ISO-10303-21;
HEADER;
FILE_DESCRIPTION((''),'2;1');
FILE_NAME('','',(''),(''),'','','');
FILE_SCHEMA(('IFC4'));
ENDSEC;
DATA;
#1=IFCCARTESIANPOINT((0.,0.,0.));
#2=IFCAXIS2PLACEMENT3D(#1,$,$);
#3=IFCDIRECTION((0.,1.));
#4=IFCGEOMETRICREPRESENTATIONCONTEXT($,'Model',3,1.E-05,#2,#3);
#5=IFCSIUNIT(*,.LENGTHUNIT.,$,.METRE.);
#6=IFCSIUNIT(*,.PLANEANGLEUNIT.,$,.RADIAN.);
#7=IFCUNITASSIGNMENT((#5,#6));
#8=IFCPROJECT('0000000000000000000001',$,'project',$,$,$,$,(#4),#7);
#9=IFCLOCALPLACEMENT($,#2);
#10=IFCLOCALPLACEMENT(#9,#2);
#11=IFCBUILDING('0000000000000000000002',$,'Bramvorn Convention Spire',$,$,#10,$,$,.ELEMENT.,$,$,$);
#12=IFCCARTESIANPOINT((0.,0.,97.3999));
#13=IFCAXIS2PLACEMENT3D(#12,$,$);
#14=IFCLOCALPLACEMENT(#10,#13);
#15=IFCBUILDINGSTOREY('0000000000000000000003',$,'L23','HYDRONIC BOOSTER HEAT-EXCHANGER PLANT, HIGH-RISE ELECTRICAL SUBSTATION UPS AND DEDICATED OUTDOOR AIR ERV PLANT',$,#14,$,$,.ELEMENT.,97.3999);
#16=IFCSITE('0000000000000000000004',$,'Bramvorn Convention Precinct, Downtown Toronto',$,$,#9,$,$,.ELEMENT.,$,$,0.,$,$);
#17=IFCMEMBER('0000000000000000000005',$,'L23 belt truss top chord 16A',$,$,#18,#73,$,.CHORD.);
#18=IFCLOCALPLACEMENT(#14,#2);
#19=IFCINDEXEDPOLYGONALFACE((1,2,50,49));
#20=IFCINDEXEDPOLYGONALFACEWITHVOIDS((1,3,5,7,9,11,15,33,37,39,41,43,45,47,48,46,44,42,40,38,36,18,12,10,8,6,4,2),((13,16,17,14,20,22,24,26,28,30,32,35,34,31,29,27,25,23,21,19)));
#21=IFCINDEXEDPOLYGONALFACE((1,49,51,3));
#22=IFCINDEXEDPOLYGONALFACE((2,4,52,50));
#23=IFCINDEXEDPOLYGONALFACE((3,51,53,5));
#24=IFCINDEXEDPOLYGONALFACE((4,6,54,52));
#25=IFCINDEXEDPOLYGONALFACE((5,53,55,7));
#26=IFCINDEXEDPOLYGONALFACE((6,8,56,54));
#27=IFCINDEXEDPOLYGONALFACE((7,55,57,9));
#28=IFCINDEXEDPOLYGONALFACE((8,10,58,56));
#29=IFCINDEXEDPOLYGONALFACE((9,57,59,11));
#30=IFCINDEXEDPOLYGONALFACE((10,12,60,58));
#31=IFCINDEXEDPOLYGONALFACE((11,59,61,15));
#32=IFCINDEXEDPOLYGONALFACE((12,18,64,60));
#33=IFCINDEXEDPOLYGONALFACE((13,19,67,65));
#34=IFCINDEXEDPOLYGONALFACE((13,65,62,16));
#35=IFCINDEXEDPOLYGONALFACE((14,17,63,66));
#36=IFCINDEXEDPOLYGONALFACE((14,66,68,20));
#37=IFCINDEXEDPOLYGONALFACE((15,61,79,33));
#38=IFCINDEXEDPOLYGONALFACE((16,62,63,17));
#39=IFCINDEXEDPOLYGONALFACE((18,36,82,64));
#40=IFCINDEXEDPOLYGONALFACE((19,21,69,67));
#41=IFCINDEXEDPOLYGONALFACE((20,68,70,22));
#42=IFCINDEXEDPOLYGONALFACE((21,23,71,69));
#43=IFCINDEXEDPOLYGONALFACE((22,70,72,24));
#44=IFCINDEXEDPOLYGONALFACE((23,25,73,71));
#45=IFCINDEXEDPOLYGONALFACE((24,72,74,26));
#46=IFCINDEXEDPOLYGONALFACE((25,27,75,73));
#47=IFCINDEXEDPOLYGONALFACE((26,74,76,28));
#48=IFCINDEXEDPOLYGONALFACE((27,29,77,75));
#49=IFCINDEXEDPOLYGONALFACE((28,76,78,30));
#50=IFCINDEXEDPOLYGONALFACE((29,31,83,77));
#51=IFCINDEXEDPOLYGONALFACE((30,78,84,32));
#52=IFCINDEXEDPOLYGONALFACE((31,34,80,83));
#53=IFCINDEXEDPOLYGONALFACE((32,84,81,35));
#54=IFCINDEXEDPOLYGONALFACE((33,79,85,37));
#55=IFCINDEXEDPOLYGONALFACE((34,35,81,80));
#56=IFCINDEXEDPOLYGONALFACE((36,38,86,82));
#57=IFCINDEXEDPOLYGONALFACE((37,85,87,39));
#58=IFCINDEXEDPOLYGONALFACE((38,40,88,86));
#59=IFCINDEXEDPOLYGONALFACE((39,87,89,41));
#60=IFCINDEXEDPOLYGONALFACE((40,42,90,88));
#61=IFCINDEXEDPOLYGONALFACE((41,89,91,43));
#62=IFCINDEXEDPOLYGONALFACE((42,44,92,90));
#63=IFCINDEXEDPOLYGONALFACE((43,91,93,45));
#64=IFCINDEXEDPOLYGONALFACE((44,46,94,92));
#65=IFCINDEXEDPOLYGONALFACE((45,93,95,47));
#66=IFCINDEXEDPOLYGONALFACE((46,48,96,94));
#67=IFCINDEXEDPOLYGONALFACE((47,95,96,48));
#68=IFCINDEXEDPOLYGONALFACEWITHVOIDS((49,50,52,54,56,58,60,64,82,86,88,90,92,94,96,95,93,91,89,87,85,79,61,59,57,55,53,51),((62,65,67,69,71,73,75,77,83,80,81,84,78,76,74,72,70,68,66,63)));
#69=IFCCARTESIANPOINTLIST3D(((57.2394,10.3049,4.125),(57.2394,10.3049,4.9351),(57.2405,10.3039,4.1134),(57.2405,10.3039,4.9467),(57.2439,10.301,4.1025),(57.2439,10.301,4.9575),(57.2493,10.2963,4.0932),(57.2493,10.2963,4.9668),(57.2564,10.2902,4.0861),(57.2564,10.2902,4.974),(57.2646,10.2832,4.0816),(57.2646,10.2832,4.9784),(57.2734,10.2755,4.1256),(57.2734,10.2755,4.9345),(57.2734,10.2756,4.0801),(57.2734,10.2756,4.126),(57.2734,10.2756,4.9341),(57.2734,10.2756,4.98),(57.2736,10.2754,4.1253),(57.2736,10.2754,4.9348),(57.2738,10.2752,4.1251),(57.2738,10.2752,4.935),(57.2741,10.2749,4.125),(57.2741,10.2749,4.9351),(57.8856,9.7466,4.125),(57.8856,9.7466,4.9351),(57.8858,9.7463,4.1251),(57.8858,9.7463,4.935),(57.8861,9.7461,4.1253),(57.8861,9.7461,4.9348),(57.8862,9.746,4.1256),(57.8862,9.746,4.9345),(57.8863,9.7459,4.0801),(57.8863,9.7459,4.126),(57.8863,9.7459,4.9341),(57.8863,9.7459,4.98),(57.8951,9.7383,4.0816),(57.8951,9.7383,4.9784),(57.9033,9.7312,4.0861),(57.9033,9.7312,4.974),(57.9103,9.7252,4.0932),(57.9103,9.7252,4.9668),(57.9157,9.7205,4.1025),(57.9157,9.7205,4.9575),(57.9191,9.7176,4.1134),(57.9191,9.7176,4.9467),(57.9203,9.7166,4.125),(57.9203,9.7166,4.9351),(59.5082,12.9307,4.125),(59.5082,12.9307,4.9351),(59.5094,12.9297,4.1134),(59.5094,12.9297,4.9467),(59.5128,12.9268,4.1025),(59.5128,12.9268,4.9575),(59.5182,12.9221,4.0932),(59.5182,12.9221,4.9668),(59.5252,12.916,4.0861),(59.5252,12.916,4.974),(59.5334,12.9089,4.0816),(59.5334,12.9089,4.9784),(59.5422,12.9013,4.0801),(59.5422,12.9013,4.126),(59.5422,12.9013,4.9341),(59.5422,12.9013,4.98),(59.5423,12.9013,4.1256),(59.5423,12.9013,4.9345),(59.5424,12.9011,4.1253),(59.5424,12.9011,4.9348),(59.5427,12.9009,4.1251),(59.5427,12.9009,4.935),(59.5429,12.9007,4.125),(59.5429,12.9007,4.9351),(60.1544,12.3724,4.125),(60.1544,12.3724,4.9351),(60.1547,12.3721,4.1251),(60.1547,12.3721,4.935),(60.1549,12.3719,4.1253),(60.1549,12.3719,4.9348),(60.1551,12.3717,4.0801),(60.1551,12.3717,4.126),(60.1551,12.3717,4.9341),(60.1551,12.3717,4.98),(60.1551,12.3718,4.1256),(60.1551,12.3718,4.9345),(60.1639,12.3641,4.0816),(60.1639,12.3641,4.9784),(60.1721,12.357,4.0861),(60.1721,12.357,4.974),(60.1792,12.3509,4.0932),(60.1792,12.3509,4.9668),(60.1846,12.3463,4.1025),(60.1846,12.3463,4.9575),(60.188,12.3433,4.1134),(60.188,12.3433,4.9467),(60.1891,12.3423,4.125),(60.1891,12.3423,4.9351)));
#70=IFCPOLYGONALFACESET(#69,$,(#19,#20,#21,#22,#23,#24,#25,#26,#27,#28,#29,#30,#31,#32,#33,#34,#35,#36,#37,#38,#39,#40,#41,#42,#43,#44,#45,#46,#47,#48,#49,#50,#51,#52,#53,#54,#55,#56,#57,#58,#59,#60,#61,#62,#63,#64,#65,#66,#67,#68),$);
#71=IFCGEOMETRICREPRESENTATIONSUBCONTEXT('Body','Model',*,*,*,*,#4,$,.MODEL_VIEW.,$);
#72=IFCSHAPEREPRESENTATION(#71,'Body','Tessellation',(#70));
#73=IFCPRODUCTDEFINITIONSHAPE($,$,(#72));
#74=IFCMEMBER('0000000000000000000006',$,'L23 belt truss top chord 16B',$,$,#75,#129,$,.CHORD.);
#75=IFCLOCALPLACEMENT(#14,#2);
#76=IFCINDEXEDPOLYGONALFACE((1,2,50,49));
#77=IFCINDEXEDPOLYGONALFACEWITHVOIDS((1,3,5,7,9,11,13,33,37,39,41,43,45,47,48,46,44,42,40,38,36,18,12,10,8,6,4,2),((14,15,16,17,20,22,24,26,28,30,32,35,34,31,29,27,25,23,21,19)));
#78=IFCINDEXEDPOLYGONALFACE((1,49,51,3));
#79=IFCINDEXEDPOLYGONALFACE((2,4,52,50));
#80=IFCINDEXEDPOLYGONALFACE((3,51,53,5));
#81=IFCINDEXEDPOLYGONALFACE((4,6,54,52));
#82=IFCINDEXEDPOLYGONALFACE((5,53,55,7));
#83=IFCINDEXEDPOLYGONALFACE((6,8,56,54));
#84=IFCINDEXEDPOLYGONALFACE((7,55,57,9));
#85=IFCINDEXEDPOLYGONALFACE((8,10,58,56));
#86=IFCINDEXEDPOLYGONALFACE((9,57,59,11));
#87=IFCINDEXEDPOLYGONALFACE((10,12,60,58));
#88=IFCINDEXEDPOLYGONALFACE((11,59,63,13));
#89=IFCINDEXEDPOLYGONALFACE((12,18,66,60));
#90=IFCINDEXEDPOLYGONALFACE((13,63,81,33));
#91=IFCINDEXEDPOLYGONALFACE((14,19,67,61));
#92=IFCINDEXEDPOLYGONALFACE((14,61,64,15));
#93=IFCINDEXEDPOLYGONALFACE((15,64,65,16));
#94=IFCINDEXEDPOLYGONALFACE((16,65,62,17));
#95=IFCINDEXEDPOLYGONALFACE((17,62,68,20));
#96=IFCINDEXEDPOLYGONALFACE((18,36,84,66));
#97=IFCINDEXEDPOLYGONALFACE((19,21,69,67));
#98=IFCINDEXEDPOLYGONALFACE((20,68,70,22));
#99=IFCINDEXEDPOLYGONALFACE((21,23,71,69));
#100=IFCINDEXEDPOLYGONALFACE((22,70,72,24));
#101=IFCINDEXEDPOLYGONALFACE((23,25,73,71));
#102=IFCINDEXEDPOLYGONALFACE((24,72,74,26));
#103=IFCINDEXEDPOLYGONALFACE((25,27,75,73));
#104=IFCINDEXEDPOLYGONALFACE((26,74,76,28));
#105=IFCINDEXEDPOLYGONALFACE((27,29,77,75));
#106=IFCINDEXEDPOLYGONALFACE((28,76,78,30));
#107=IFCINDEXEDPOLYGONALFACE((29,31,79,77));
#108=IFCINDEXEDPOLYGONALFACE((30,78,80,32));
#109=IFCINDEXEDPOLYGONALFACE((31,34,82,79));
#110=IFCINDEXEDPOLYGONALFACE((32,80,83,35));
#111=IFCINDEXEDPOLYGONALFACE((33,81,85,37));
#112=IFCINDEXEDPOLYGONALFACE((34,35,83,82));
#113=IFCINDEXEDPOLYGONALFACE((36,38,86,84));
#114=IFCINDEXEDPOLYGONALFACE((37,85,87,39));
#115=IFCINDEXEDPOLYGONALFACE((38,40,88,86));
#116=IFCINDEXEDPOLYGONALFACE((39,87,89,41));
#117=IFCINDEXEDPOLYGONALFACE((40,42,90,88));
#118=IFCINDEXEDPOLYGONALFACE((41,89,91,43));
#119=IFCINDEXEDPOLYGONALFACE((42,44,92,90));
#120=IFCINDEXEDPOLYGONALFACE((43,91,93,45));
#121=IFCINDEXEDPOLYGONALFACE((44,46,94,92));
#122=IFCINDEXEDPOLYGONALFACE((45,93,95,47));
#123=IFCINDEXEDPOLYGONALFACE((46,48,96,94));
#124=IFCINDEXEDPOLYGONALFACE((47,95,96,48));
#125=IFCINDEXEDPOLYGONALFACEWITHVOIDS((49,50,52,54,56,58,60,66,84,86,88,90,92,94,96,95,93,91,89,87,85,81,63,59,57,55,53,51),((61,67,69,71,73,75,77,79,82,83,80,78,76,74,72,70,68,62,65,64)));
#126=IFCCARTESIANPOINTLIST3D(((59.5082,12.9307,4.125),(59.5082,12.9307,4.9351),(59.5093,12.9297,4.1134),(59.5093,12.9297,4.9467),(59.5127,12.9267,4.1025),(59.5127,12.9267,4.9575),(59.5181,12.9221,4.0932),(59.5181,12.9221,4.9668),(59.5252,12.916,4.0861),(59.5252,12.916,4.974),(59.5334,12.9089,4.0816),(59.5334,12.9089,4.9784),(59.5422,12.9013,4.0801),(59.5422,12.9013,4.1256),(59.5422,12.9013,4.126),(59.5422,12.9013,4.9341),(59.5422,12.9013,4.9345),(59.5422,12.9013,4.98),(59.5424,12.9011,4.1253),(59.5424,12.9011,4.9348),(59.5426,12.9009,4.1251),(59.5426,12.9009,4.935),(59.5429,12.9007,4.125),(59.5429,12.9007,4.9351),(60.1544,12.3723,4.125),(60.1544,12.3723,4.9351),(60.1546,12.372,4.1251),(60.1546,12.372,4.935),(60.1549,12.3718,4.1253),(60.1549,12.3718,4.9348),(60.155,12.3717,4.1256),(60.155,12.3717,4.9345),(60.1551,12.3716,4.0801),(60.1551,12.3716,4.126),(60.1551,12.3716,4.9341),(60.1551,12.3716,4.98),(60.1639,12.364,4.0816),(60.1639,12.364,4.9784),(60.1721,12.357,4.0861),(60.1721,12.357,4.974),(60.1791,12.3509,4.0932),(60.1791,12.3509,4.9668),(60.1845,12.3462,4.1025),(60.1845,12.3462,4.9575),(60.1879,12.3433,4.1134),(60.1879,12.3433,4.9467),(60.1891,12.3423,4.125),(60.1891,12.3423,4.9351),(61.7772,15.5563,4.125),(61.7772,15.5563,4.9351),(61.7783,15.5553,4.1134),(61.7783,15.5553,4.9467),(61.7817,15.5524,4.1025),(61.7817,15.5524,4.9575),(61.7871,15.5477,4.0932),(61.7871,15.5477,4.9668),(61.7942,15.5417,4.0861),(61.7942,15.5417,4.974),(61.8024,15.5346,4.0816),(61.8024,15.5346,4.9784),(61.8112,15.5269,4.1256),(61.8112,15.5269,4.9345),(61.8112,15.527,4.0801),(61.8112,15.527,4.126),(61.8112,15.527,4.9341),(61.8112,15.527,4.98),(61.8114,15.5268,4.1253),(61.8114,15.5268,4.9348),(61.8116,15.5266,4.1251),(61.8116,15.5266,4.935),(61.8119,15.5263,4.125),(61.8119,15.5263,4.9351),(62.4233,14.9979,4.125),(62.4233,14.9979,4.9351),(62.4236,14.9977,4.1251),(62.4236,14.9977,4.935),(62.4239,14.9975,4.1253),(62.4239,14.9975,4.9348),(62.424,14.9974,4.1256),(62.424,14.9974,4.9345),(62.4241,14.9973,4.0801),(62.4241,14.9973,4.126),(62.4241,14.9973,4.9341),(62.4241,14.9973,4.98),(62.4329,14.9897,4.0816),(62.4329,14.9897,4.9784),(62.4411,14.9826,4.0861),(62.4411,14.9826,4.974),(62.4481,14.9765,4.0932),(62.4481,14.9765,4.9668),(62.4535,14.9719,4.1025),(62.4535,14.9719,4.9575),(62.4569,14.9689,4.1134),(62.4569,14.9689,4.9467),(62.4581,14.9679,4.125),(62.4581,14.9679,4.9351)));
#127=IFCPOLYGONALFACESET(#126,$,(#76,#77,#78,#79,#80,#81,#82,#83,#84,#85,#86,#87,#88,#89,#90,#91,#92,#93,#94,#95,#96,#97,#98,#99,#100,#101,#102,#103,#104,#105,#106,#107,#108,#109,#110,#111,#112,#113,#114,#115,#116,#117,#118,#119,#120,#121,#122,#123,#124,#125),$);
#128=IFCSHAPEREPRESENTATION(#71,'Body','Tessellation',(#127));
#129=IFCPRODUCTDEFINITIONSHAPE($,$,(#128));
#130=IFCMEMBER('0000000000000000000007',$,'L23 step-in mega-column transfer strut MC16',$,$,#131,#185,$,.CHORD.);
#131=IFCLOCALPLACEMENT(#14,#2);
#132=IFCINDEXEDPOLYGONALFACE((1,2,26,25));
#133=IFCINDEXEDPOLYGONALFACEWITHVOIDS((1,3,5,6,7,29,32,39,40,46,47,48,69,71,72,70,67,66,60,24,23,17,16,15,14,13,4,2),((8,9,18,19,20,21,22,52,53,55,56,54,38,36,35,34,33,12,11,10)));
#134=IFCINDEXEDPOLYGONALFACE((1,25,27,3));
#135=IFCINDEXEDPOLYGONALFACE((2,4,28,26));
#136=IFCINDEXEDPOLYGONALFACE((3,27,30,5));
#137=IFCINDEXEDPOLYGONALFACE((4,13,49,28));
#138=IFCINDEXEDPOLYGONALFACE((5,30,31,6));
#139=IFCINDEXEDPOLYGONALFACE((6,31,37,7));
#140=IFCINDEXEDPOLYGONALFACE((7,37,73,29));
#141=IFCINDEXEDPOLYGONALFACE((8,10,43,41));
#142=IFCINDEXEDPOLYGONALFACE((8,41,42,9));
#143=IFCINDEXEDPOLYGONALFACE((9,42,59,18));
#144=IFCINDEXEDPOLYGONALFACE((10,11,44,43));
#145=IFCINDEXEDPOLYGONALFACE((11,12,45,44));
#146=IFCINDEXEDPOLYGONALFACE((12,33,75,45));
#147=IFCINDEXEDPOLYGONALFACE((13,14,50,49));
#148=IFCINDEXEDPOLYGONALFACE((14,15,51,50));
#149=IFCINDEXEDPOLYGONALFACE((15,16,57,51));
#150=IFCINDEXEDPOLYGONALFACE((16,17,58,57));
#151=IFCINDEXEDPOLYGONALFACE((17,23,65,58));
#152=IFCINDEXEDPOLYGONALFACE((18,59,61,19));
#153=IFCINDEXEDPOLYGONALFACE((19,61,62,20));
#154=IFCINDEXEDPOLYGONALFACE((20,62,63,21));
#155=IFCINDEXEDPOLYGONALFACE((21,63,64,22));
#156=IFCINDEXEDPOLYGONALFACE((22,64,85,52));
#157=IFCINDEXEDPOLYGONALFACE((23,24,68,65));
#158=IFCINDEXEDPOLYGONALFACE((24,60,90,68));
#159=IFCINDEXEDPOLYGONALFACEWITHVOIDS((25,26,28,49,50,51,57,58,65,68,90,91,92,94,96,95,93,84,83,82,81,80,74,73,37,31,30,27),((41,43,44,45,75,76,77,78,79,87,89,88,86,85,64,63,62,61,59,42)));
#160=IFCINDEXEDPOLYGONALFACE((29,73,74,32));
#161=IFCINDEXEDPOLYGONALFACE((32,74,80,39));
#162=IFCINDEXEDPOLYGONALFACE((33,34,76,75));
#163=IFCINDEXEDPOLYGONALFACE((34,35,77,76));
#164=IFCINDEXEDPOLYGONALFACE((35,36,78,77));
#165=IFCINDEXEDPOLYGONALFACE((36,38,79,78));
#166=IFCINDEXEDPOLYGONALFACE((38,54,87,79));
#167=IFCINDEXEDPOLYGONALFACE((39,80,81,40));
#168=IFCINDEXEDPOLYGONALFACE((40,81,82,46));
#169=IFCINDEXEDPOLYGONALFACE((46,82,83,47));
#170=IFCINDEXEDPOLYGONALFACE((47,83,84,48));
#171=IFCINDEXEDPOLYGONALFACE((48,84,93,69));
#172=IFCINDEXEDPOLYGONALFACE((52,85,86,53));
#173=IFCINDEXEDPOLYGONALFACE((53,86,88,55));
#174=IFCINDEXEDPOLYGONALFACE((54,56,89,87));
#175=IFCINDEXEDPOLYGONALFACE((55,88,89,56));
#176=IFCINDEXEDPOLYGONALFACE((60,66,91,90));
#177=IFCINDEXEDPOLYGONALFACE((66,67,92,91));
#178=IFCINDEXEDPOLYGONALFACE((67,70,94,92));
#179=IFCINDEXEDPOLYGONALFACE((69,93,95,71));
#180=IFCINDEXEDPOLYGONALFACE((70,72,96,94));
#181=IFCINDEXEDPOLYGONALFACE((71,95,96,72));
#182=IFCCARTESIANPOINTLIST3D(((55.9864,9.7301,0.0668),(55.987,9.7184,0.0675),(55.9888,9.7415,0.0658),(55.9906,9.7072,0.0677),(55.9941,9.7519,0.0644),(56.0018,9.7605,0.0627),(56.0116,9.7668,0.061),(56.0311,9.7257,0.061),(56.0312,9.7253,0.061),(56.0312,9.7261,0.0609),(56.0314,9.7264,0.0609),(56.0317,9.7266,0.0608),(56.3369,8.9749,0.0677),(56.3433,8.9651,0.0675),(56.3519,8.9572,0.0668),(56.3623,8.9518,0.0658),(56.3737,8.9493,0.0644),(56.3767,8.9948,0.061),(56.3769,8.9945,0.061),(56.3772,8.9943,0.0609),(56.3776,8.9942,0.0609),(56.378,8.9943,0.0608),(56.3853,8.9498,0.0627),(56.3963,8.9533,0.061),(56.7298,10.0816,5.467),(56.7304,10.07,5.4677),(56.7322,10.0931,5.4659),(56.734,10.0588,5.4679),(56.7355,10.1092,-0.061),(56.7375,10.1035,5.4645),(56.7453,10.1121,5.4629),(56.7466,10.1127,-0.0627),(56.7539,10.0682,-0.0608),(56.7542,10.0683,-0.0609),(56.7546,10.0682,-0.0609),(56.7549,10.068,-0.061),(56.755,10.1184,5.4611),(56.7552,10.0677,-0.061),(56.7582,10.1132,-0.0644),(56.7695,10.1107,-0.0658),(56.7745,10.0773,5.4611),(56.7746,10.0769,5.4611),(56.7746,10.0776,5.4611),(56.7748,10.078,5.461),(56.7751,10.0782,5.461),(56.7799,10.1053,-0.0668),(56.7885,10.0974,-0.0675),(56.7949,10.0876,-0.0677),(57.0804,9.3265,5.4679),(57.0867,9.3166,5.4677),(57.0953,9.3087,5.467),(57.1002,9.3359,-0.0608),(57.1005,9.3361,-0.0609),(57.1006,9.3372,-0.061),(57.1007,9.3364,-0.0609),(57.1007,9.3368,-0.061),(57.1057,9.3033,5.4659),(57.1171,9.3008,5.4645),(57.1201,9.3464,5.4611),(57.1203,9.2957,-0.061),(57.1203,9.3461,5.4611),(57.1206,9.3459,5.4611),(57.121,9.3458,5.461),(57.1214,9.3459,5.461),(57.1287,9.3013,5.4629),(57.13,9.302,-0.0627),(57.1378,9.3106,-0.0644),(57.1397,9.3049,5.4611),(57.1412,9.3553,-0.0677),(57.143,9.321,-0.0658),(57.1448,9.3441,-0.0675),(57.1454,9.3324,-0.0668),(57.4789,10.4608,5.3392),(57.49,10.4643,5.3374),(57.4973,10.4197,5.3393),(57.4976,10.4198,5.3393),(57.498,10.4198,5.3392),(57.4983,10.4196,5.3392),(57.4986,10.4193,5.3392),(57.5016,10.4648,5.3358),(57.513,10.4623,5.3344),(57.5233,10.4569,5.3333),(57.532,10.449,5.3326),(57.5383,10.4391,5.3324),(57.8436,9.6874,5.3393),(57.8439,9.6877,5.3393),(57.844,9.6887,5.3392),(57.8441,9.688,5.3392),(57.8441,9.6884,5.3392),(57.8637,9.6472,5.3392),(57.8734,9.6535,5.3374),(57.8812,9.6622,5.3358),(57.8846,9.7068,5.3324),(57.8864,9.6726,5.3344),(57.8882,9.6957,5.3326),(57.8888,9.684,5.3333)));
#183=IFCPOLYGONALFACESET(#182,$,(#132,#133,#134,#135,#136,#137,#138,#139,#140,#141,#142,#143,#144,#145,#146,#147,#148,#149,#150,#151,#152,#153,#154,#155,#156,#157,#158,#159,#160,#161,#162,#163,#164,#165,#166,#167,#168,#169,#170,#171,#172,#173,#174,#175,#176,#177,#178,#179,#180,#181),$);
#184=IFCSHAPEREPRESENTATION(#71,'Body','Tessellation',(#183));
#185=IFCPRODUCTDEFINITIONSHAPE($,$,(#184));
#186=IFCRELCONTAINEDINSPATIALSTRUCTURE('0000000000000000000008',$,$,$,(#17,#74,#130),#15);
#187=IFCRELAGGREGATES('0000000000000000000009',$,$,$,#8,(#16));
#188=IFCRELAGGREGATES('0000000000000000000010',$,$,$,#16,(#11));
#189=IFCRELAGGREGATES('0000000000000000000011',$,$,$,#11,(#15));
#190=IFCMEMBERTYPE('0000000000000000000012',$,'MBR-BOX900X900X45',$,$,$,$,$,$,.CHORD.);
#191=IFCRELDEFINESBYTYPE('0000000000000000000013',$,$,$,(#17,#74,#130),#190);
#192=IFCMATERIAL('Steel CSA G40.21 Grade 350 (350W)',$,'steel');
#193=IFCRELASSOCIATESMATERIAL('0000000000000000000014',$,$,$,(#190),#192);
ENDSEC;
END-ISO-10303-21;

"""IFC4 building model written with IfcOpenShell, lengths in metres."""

from ifc_helpers import new_model, si_unit, direction, frame, origin, origin_2d, place, context, subcontext, project, spatial, hollow_rectangle, extrude, material, material_profile, profile_set, type_object, element, save


model = new_model("IFC4")

# Units and contexts
model_context = context("Model", 3, precision=1e-05, world=origin(), true_north=direction((0.0, 1.0)))
body_context = subcontext(model_context, "Body", "Model", "MODEL_VIEW")
ifc_project = project(units=[si_unit("LENGTHUNIT", "METRE"), si_unit("PLANEANGLEUNIT", "RADIAN")], contexts=[model_context])

# Site, building, storey
site_placement = place(None, origin())
site = spatial("IfcSite", under=ifc_project, at=site_placement, Name="Bramvorn Convention Precinct, Downtown Toronto", CompositionType="ELEMENT", RefElevation=0.0)
building_placement = place(site_placement, origin())
building = spatial("IfcBuilding", under=site, at=building_placement, Name="Bramvorn Convention Spire", CompositionType="ELEMENT")
storey_placement = place(building_placement, frame((0.0, 0.0, 97.3999)))
storey = spatial("IfcBuildingStorey", under=building, at=storey_placement, Name="L23", Description="HYDRONIC BOOSTER HEAT-EXCHANGER PLANT, HIGH-RISE ELECTRICAL SUBSTATION UPS AND DEDICATED OUTDOOR AIR ERV PLANT", CompositionType="ELEMENT", Elevation=97.3999)

# Shared definitions
ifc_material_1 = material(Name="Steel CSA G40.21 Grade 350 (350W)", Category="steel")

# Members
ifc_material_profile_1 = material_profile(ifc_material_1, hollow_rectangle(XDim=0.8999, YDim=0.8999, WallThickness=0.0449, InnerFilletRadius=0.001, OuterFilletRadius=0.0449, at=origin_2d()))
ifc_profile_set_1 = profile_set([ifc_material_profile_1], Name="Steel CSA G40.21 Grade 350 (350W) - BOX900X900X45")
member_type_1 = type_object("IfcMemberType", Name="MBR-BOX900X900X45", PredefinedType="CHORD", material=ifc_profile_set_1)
for number, where, z_axis, x_axis, name in (
    (1, (57.5798, 10.0107, 4.53), (0.653805, 0.756663, 0.0), (-0.756663, 0.653805, 0.0), "L23 belt truss top chord 16A"),
    (2, (59.8486, 12.6365, 4.53), (0.653845, 0.756628, 0.0), (-0.756628, 0.653845, 0.0), "L23 belt truss top chord 16B"),
):
    element("IfcMember", number, at=place(storey_placement, frame(where, z_axis=z_axis, x_axis=x_axis)), inside=storey, type_object=member_type_1, Name=name, PredefinedType="CHORD", context=body_context, shape_type="SweptSolid", body=[
        extrude(hollow_rectangle(XDim=0.8999, YDim=0.8999, WallThickness=0.0449, InnerFilletRadius=0.001, OuterFilletRadius=0.0449, at=origin_2d()), origin(), (0.0, 0.0, 1.0), 3.4702),
    ])
member_1_placement = place(storey_placement, frame((56.5659, 9.5312, 0.0), z_axis=(0.136095, 0.06436, 0.988603), x_axis=(-0.427512, 0.90401, 0.0)))
element("IfcMember", 3, at=member_1_placement, inside=storey, type_object=member_type_1, Name="L23 step-in mega-column transfer strut MC16", PredefinedType="CHORD", context=body_context, shape_type="SweptSolid", body=[
    extrude(hollow_rectangle(XDim=0.8999, YDim=0.8999, WallThickness=0.0449, InnerFilletRadius=0.001, OuterFilletRadius=0.0449, at=origin_2d()), origin(), (0.0, 0.0, 1.0), 5.4624),
])

save(model, "model.ifc")
